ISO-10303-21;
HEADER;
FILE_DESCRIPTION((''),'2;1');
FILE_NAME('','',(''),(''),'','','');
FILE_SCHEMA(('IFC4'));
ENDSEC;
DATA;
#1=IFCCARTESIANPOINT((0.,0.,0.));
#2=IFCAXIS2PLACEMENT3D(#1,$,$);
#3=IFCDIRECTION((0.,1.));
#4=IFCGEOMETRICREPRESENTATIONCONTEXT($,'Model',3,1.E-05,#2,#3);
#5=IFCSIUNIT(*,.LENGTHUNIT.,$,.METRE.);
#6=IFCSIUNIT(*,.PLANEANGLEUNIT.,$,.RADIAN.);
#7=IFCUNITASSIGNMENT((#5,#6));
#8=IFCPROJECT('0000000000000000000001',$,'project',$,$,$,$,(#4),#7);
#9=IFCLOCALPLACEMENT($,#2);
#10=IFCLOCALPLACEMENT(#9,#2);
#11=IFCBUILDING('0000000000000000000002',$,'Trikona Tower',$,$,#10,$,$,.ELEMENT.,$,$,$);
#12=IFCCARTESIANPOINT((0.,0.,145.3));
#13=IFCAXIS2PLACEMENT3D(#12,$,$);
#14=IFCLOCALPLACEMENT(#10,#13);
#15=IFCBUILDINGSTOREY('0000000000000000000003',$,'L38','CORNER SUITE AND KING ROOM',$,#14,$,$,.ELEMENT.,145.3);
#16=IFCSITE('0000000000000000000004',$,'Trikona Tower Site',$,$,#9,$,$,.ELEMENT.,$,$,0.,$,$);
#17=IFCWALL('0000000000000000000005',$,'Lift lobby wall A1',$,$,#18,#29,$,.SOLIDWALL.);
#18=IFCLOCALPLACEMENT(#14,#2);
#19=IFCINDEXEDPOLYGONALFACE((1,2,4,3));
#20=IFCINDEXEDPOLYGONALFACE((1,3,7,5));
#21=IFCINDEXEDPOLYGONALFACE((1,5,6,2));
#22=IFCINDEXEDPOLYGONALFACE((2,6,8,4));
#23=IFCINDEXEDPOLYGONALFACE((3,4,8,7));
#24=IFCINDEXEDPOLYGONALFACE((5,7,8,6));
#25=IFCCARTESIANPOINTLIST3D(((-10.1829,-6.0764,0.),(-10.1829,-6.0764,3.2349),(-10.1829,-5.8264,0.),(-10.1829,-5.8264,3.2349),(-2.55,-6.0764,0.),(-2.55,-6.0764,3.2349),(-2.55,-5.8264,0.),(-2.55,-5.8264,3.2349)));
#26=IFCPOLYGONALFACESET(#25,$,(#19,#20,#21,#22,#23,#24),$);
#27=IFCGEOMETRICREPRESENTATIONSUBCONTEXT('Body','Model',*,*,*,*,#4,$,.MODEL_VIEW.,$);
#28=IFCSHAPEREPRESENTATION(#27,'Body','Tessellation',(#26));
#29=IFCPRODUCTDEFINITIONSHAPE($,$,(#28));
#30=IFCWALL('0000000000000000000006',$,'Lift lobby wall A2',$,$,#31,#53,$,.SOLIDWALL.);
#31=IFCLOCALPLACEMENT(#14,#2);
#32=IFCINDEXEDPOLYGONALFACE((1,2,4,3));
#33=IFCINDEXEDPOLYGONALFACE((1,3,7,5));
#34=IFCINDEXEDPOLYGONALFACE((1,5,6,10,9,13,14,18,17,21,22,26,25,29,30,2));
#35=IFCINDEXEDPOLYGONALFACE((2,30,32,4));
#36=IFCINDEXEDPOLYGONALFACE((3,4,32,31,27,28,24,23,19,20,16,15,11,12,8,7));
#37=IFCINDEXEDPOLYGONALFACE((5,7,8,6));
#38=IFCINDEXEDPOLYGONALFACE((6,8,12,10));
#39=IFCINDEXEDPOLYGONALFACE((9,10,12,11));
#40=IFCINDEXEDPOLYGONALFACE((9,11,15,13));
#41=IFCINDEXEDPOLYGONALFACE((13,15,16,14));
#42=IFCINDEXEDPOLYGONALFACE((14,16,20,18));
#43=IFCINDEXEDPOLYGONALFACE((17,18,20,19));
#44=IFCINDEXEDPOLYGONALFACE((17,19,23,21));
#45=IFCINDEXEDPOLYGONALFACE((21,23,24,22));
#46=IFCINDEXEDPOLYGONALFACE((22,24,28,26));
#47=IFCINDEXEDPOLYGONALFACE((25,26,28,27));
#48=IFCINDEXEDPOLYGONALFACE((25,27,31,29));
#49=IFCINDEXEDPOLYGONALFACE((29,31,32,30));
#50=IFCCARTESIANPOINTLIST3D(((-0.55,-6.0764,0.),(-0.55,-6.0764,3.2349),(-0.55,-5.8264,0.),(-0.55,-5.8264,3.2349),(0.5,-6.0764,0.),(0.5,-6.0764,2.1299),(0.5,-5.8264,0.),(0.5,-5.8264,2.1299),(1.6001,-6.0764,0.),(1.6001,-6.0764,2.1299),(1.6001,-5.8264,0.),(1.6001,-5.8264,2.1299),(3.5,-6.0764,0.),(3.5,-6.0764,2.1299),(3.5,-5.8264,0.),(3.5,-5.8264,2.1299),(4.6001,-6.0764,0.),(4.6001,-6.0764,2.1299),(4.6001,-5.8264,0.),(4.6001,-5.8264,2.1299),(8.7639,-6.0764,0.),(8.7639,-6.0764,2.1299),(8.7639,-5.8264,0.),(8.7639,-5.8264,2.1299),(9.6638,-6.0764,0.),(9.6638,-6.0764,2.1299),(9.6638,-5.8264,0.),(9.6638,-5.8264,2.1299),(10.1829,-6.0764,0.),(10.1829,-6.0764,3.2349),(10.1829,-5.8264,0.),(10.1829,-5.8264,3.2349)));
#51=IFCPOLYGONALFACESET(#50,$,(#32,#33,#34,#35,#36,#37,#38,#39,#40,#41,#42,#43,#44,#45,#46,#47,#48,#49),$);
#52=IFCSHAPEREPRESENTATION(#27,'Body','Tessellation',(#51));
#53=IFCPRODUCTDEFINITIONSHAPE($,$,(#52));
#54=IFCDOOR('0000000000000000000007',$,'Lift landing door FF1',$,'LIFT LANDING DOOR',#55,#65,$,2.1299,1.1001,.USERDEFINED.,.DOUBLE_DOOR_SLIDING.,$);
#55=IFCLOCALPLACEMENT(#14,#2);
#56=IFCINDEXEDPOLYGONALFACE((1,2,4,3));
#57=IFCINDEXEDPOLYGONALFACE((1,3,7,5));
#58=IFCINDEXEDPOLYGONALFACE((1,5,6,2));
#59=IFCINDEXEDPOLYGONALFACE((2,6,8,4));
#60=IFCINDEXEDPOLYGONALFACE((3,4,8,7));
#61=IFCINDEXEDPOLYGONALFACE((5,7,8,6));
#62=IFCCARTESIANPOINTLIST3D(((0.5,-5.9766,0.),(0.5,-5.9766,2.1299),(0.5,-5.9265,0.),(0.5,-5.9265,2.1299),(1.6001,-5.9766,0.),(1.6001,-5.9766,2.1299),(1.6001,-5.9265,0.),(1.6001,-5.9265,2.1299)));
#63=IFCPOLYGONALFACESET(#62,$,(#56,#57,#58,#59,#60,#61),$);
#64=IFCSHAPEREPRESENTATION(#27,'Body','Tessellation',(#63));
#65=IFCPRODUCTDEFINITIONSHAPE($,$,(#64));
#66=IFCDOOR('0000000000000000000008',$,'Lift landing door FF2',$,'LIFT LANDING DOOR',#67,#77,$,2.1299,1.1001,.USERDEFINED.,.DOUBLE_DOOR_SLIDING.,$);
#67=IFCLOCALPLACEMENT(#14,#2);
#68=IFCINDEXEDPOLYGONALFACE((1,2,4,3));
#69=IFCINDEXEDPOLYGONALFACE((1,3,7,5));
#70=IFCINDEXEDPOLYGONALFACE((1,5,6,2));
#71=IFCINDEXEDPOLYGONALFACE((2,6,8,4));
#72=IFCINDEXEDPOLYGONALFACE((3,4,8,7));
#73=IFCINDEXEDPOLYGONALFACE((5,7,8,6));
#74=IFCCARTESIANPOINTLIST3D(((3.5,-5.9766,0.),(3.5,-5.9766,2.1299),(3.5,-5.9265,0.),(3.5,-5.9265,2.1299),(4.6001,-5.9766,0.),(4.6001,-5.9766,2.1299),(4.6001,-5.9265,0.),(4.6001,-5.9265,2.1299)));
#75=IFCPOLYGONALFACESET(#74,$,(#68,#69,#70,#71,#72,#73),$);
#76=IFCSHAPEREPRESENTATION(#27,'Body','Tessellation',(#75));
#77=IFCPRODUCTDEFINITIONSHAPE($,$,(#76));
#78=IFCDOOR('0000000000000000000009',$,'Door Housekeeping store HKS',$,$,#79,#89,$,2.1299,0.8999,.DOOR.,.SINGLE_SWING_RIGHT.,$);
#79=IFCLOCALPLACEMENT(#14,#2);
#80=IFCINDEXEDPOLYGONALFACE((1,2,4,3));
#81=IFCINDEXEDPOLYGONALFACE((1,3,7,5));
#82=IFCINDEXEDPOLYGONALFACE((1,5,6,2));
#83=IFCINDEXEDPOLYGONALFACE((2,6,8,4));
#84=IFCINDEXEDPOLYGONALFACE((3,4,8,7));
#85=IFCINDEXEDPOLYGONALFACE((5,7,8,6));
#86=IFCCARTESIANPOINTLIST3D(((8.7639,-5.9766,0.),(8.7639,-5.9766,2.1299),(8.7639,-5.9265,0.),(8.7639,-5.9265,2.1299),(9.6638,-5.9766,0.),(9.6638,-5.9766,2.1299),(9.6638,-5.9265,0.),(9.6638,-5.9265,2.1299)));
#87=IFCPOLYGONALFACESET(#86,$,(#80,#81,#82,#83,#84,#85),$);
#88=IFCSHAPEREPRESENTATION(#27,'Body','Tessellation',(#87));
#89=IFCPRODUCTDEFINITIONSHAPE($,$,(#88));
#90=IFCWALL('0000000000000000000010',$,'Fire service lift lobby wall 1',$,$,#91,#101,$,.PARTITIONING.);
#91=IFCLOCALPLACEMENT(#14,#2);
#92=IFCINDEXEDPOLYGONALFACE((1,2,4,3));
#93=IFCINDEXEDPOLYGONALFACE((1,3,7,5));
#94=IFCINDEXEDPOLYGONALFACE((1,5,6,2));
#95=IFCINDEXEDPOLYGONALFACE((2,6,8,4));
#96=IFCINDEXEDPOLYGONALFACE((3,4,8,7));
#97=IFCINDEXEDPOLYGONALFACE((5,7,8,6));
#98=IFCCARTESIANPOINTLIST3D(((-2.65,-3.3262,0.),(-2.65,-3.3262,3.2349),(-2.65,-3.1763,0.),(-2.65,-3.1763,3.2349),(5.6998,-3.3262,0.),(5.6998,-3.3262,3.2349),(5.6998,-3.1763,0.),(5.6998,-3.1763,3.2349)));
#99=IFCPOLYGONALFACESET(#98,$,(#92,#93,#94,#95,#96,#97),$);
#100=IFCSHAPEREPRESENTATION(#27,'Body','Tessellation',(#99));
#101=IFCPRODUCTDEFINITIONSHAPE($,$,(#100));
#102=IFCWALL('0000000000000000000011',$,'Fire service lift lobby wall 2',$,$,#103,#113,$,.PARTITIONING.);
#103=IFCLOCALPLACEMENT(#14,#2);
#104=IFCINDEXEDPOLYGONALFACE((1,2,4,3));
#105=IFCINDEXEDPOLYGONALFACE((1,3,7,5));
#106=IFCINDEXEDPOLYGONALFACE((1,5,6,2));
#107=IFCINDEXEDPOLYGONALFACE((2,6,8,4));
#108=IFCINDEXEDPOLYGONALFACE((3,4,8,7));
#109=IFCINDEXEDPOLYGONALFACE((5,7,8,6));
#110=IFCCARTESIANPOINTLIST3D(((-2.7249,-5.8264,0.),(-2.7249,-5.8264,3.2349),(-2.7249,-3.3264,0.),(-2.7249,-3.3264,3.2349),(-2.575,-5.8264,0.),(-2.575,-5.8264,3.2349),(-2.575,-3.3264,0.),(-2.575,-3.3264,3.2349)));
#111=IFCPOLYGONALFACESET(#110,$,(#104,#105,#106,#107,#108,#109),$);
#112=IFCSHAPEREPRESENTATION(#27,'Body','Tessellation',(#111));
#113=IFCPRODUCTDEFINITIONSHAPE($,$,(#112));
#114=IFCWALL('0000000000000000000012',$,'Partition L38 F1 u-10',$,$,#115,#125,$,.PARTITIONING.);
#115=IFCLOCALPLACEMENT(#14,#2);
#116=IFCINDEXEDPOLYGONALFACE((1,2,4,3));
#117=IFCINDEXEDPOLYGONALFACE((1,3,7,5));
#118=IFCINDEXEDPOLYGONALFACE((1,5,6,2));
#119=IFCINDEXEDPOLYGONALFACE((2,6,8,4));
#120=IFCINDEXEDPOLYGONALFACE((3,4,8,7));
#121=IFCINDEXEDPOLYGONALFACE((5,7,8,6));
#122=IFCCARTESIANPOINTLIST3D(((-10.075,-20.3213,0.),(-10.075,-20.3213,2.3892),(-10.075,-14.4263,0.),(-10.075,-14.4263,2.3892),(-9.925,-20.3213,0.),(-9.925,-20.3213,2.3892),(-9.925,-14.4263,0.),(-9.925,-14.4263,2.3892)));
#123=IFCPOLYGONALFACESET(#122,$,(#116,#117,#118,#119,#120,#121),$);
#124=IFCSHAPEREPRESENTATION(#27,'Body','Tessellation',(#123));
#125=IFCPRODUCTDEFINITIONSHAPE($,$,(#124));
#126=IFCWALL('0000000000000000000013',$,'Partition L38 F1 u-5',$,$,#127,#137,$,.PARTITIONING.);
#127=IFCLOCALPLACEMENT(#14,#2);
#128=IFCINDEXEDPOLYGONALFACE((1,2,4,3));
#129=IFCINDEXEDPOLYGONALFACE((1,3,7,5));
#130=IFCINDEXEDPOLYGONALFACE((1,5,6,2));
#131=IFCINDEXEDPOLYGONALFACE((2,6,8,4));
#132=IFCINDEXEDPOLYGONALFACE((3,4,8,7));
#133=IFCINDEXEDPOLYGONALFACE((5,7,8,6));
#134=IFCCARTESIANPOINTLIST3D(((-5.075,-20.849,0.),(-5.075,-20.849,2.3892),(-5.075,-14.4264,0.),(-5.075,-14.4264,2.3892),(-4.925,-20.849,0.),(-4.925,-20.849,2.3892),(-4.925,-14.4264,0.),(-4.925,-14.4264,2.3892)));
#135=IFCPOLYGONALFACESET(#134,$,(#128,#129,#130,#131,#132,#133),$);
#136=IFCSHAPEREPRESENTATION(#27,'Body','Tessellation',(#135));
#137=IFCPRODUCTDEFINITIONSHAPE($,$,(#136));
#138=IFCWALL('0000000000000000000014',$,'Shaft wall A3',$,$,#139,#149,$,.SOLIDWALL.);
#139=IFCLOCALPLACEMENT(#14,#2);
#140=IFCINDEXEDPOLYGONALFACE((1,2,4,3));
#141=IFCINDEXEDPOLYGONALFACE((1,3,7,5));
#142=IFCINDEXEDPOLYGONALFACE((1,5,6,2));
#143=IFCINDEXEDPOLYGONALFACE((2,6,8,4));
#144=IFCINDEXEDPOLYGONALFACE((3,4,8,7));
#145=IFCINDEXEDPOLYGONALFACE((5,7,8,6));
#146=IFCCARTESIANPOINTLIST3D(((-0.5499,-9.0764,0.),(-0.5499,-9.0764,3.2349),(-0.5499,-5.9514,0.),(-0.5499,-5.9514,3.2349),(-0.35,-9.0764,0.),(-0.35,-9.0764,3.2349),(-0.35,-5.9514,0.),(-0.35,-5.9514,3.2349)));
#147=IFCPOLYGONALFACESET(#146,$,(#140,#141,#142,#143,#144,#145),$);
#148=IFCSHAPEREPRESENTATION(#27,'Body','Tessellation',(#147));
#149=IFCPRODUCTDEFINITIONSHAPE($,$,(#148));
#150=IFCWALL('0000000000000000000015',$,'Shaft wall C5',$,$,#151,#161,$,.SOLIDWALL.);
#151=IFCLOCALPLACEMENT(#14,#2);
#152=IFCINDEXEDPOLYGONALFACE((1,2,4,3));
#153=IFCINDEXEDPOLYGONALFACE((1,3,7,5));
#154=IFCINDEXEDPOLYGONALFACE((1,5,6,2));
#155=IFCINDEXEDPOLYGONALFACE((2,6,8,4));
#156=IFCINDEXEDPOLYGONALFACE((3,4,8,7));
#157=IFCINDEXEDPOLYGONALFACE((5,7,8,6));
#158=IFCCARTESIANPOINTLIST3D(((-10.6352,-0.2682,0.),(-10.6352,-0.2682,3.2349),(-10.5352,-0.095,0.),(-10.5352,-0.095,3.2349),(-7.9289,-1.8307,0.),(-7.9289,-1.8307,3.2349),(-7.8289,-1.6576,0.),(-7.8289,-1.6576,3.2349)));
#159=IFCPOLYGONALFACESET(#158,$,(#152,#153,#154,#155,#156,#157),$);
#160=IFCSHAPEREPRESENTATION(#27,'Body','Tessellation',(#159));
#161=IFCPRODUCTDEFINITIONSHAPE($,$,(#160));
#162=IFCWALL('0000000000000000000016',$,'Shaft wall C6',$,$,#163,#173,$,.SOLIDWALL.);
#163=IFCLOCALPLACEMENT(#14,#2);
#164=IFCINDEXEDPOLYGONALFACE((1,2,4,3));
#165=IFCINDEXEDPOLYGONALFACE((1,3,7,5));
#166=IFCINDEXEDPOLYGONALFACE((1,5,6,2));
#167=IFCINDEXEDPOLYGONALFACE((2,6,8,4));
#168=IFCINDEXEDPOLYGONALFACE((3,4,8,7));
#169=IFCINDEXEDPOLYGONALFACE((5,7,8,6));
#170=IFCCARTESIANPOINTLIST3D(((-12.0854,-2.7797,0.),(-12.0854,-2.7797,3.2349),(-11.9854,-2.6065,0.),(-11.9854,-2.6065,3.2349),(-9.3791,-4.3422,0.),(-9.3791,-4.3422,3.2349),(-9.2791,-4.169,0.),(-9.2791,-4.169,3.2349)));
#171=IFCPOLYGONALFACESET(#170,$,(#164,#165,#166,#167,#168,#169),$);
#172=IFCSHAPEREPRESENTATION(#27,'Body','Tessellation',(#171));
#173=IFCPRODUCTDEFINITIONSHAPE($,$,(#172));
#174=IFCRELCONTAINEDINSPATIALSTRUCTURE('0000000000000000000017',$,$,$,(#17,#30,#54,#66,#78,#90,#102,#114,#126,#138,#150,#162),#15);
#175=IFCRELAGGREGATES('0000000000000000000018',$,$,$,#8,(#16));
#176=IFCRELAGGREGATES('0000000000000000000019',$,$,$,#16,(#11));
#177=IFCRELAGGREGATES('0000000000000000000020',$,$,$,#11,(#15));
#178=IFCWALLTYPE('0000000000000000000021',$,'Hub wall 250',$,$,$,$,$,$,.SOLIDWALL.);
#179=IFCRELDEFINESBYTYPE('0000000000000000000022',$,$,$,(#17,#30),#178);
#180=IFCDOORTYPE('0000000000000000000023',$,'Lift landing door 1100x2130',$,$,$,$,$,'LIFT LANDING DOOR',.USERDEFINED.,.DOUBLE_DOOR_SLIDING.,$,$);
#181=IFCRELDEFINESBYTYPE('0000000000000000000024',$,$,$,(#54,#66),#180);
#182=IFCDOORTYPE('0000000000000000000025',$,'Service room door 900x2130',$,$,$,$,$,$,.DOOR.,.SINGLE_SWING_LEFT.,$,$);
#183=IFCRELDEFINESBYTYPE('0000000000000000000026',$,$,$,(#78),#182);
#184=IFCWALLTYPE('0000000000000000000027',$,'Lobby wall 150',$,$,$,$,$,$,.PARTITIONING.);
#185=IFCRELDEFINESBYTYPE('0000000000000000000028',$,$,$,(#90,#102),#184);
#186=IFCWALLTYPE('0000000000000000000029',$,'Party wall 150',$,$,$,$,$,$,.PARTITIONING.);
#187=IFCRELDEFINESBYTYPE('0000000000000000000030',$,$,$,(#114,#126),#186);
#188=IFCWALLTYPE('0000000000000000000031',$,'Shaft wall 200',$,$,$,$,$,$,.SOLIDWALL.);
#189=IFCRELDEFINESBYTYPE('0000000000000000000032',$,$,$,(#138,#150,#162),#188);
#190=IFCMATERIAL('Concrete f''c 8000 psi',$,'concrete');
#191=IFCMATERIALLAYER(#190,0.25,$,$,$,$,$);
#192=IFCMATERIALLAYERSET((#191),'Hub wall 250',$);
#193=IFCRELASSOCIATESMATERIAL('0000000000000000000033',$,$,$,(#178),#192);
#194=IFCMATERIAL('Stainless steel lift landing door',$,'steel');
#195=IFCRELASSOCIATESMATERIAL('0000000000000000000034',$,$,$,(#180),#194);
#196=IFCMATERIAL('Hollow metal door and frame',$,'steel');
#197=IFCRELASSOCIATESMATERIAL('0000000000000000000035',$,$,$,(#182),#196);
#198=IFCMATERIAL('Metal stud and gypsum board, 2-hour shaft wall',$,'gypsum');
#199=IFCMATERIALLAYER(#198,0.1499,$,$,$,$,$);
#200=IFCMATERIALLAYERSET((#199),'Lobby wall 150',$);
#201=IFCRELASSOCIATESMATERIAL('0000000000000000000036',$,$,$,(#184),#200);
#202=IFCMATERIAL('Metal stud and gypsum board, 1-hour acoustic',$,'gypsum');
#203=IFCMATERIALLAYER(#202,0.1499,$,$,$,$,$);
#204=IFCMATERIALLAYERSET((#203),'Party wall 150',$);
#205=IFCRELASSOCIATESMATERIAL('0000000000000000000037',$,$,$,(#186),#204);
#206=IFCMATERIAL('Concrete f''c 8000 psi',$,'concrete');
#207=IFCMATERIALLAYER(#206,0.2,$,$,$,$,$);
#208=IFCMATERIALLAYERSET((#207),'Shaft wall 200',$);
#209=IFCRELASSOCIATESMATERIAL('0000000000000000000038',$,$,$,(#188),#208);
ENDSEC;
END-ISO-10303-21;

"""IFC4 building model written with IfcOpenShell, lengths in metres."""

from ifc_helpers import new_model, si_unit, direction, frame, frame_2d, origin, place, context, subcontext, project, spatial, rectangle, extrude, material, layer, layer_set, type_object, element, fill, save


model = new_model("IFC4")

# Units and contexts
model_context = context("Model", 3, precision=1e-05, world=origin(), true_north=direction((0.0, 1.0)))
body_context = subcontext(model_context, "Body", "Model", "MODEL_VIEW")
ifc_project = project(units=[si_unit("LENGTHUNIT", "METRE"), si_unit("PLANEANGLEUNIT", "RADIAN")], contexts=[model_context])

# Site, building, storey
site_placement = place(None, origin())
site = spatial("IfcSite", under=ifc_project, at=site_placement, Name="Trikona Tower Site", CompositionType="ELEMENT", RefElevation=0.0)
building_placement = place(site_placement, origin())
building = spatial("IfcBuilding", under=site, at=building_placement, Name="Trikona Tower", CompositionType="ELEMENT")
storey_placement = place(building_placement, frame((0.0, 0.0, 145.3)))
storey = spatial("IfcBuildingStorey", under=building, at=storey_placement, Name="L38", Description="CORNER SUITE AND KING ROOM", CompositionType="ELEMENT", Elevation=145.3)

# Wall
ifc_material_1 = material(Name="Concrete f'c 8000 psi", Category="concrete")
ifc_layer_1 = layer(ifc_material_1, 0.25)
ifc_layer_set_1 = layer_set([ifc_layer_1], Name="Hub wall 250")
wall_type_1 = type_object("IfcWallType", Name="Hub wall 250", PredefinedType="SOLIDWALL", material=ifc_layer_set_1)
wall_1_placement = place(storey_placement, frame((-10.1829, -5.9514, 0.0), z_axis=(0.0, 0.0, 1.0), x_axis=(1.0, 0.0, 0.0)))
element("IfcWall", 1, at=wall_1_placement, inside=storey, type_object=wall_type_1, Name="Lift lobby wall A1", PredefinedType="SOLIDWALL", context=body_context, shape_type="SweptSolid", body=[
    extrude(rectangle(XDim=7.6328, YDim=0.25, at=frame_2d((3.8164, 0.0))), origin(), (0.0, 0.0, 1.0), 3.2349),
])

# Wall, openings, doors
wall_2_placement = place(storey_placement, frame((-0.55, -5.9514, 0.0), z_axis=(0.0, 0.0, 1.0), x_axis=(1.0, 0.0, 0.0)))
wall_2 = element("IfcWall", 2, at=wall_2_placement, inside=storey, type_object=wall_type_1, Name="Lift lobby wall A2", PredefinedType="SOLIDWALL", context=body_context, shape_type="SweptSolid", body=[
    extrude(rectangle(XDim=10.7329, YDim=0.25, at=frame_2d((5.3665, 0.0))), origin(), (0.0, 0.0, 1.0), 3.2349),
])
opening_1_placement = place(wall_2_placement, frame((9.314, 0.0, 0.0)))
opening_1 = element("IfcOpeningElement", 3, at=opening_1_placement, cuts=wall_2, PredefinedType="OPENING", context=body_context, shape_type="SweptSolid", body=[
    extrude(rectangle(XDim=0.8999, YDim=2.1299, at=frame_2d((0.45, 1.0649))), frame((0.0, 0.135, 0.0), z_axis=(0.0, -1.0, 0.0), x_axis=(1.0, 0.0, 0.0)), (0.0, 0.0, 1.0), 0.27),
])
opening_2_placement = place(wall_2_placement, frame((1.05, 0.0, 0.0)))
opening_2 = element("IfcOpeningElement", 4, at=opening_2_placement, cuts=wall_2, PredefinedType="OPENING", context=body_context, shape_type="SweptSolid", body=[
    extrude(rectangle(XDim=1.1001, YDim=2.1299, at=frame_2d((0.55, 1.0649))), frame((0.0, 0.135, 0.0), z_axis=(0.0, -1.0, 0.0), x_axis=(1.0, 0.0, 0.0)), (0.0, 0.0, 1.0), 0.27),
])
opening_3_placement = place(wall_2_placement, frame((4.05, 0.0, 0.0)))
opening_3 = element("IfcOpeningElement", 5, at=opening_3_placement, cuts=wall_2, PredefinedType="OPENING", context=body_context, shape_type="SweptSolid", body=[
    extrude(rectangle(XDim=1.1001, YDim=2.1299, at=frame_2d((0.55, 1.0649))), frame((0.0, 0.135, 0.0), z_axis=(0.0, -1.0, 0.0), x_axis=(1.0, 0.0, 0.0)), (0.0, 0.0, 1.0), 0.27),
])
ifc_material_2 = material(Name="Stainless steel lift landing door", Category="steel")
door_type_1 = type_object("IfcDoorType", Name="Lift landing door 1100x2130", ElementType="LIFT LANDING DOOR", OperationType="DOUBLE_DOOR_SLIDING", PredefinedType="USERDEFINED", material=ifc_material_2)
door_1_placement = place(opening_2_placement, origin())
door_1 = element("IfcDoor", 6, at=door_1_placement, inside=storey, type_object=door_type_1, Name="Lift landing door FF1", ObjectType="LIFT LANDING DOOR", OperationType="DOUBLE_DOOR_SLIDING", OverallHeight=2.1299, OverallWidth=1.1001, PredefinedType="USERDEFINED", context=body_context, shape_type="SweptSolid", body=[
    extrude(rectangle(XDim=1.1001, YDim=2.1299, at=frame_2d((0.55, 1.0649))), frame((0.0, 0.0249, 0.0), z_axis=(0.0, -1.0, 0.0), x_axis=(1.0, 0.0, 0.0)), (0.0, 0.0, 1.0), 0.05),
])
fill(opening_2, door_1)
door_2_placement = place(opening_3_placement, origin())
door_2 = element("IfcDoor", 7, at=door_2_placement, inside=storey, type_object=door_type_1, Name="Lift landing door FF2", ObjectType="LIFT LANDING DOOR", OperationType="DOUBLE_DOOR_SLIDING", OverallHeight=2.1299, OverallWidth=1.1001, PredefinedType="USERDEFINED", context=body_context, shape_type="SweptSolid", body=[
    extrude(rectangle(XDim=1.1001, YDim=2.1299, at=frame_2d((0.55, 1.0649))), frame((0.0, 0.0249, 0.0), z_axis=(0.0, -1.0, 0.0), x_axis=(1.0, 0.0, 0.0)), (0.0, 0.0, 1.0), 0.05),
])
fill(opening_3, door_2)
ifc_material_3 = material(Name="Hollow metal door and frame", Category="steel")
door_type_2 = type_object("IfcDoorType", Name="Service room door 900x2130", OperationType="SINGLE_SWING_LEFT", PredefinedType="DOOR", material=ifc_material_3)
door_3_placement = place(opening_1_placement, origin())
door_3 = element("IfcDoor", 8, at=door_3_placement, inside=storey, type_object=door_type_2, Name="Door Housekeeping store HKS", OperationType="SINGLE_SWING_RIGHT", OverallHeight=2.1299, OverallWidth=0.8999, PredefinedType="DOOR", context=body_context, shape_type="SweptSolid", body=[
    extrude(rectangle(XDim=0.8999, YDim=2.1299, at=frame_2d((0.45, 1.0649))), frame((0.0, 0.0249, 0.0), z_axis=(0.0, -1.0, 0.0), x_axis=(1.0, 0.0, 0.0)), (0.0, 0.0, 1.0), 0.05),
])
fill(opening_1, door_3)

# Walls
ifc_material_4 = material(Name="Metal stud and gypsum board, 2-hour shaft wall", Category="gypsum")
ifc_layer_2 = layer(ifc_material_4, 0.1499)
ifc_layer_set_2 = layer_set([ifc_layer_2], Name="Lobby wall 150")
wall_type_2 = type_object("IfcWallType", Name="Lobby wall 150", PredefinedType="PARTITIONING", material=ifc_layer_set_2)
wall_3_placement = place(storey_placement, frame((-2.6499, -3.2512, 0.0), z_axis=(0.0, 0.0, 1.0), x_axis=(1.0, 0.0, 0.0)))
element("IfcWall", 9, at=wall_3_placement, inside=storey, type_object=wall_type_2, Name="Fire service lift lobby wall 1", PredefinedType="PARTITIONING", context=body_context, shape_type="SweptSolid", body=[
    extrude(rectangle(XDim=8.3499, YDim=0.1499, at=frame_2d((4.1748, 0.0))), origin(), (0.0, 0.0, 1.0), 3.2349),
])
wall_4_placement = place(storey_placement, frame((-2.6499, -5.8264, 0.0), z_axis=(0.0, 0.0, 1.0), x_axis=(0.0, 1.0, 0.0)))
element("IfcWall", 10, at=wall_4_placement, inside=storey, type_object=wall_type_2, Name="Fire service lift lobby wall 2", PredefinedType="PARTITIONING", context=body_context, shape_type="SweptSolid", body=[
    extrude(rectangle(XDim=2.5, YDim=0.1499, at=frame_2d((1.25, 0.0))), origin(), (0.0, 0.0, 1.0), 3.2349),
])
ifc_material_5 = material(Name="Metal stud and gypsum board, 1-hour acoustic", Category="gypsum")
ifc_layer_3 = layer(ifc_material_5, 0.1499)
ifc_layer_set_3 = layer_set([ifc_layer_3], Name="Party wall 150")
wall_type_3 = type_object("IfcWallType", Name="Party wall 150", PredefinedType="PARTITIONING", material=ifc_layer_set_3)
wall_5_placement = place(storey_placement, frame((-10.0, -14.4263, 0.0), z_axis=(0.0, 0.0, 1.0), x_axis=(0.0, -1.0, 0.0)))
element("IfcWall", 11, at=wall_5_placement, inside=storey, type_object=wall_type_3, Name="Partition L38 F1 u-10", PredefinedType="PARTITIONING", context=body_context, shape_type="SweptSolid", body=[
    extrude(rectangle(XDim=5.895, YDim=0.1499, at=frame_2d((2.9475, 0.0))), origin(), (0.0, 0.0, 1.0), 2.3892),
])
wall_6_placement = place(storey_placement, frame((-5.0, -14.4263, 0.0), z_axis=(0.0, 0.0, 1.0), x_axis=(0.0, -1.0, 0.0)))
element("IfcWall", 12, at=wall_6_placement, inside=storey, type_object=wall_type_3, Name="Partition L38 F1 u-5", PredefinedType="PARTITIONING", context=body_context, shape_type="SweptSolid", body=[
    extrude(rectangle(XDim=6.4226, YDim=0.1499, at=frame_2d((3.2114, 0.0))), origin(), (0.0, 0.0, 1.0), 2.3892),
])
ifc_material_6 = material(Name="Concrete f'c 8000 psi", Category="concrete")
ifc_layer_4 = layer(ifc_material_6, 0.2)
ifc_layer_set_4 = layer_set([ifc_layer_4], Name="Shaft wall 200")
wall_type_4 = type_object("IfcWallType", Name="Shaft wall 200", PredefinedType="SOLIDWALL", material=ifc_layer_set_4)
for number, where, z_axis, x_axis, name in (
    (13, (-0.45, -5.9514, 0.0), (0.0, 0.0, 1.0), (0.0, -1.0, 0.0), "Shaft wall A3"),
    (14, (-7.8789, -1.7441, 0.0), (0.0, 0.0, 1.0), (-0.866023, 0.500004, 0.0), "Shaft wall C5"),
    (15, (-9.3291, -4.2556, 0.0), (0.0, 0.0, 1.0), (-0.866023, 0.500004, 0.0), "Shaft wall C6"),
):
    element("IfcWall", number, at=place(storey_placement, frame(where, z_axis=z_axis, x_axis=x_axis)), inside=storey, type_object=wall_type_4, Name=name, PredefinedType="SOLIDWALL", context=body_context, shape_type="SweptSolid", body=[
        extrude(rectangle(XDim=3.125, YDim=0.2, at=frame_2d((1.5625, 0.0))), origin(), (0.0, 0.0, 1.0), 3.2349),
    ])

save(model, "model.ifc")
